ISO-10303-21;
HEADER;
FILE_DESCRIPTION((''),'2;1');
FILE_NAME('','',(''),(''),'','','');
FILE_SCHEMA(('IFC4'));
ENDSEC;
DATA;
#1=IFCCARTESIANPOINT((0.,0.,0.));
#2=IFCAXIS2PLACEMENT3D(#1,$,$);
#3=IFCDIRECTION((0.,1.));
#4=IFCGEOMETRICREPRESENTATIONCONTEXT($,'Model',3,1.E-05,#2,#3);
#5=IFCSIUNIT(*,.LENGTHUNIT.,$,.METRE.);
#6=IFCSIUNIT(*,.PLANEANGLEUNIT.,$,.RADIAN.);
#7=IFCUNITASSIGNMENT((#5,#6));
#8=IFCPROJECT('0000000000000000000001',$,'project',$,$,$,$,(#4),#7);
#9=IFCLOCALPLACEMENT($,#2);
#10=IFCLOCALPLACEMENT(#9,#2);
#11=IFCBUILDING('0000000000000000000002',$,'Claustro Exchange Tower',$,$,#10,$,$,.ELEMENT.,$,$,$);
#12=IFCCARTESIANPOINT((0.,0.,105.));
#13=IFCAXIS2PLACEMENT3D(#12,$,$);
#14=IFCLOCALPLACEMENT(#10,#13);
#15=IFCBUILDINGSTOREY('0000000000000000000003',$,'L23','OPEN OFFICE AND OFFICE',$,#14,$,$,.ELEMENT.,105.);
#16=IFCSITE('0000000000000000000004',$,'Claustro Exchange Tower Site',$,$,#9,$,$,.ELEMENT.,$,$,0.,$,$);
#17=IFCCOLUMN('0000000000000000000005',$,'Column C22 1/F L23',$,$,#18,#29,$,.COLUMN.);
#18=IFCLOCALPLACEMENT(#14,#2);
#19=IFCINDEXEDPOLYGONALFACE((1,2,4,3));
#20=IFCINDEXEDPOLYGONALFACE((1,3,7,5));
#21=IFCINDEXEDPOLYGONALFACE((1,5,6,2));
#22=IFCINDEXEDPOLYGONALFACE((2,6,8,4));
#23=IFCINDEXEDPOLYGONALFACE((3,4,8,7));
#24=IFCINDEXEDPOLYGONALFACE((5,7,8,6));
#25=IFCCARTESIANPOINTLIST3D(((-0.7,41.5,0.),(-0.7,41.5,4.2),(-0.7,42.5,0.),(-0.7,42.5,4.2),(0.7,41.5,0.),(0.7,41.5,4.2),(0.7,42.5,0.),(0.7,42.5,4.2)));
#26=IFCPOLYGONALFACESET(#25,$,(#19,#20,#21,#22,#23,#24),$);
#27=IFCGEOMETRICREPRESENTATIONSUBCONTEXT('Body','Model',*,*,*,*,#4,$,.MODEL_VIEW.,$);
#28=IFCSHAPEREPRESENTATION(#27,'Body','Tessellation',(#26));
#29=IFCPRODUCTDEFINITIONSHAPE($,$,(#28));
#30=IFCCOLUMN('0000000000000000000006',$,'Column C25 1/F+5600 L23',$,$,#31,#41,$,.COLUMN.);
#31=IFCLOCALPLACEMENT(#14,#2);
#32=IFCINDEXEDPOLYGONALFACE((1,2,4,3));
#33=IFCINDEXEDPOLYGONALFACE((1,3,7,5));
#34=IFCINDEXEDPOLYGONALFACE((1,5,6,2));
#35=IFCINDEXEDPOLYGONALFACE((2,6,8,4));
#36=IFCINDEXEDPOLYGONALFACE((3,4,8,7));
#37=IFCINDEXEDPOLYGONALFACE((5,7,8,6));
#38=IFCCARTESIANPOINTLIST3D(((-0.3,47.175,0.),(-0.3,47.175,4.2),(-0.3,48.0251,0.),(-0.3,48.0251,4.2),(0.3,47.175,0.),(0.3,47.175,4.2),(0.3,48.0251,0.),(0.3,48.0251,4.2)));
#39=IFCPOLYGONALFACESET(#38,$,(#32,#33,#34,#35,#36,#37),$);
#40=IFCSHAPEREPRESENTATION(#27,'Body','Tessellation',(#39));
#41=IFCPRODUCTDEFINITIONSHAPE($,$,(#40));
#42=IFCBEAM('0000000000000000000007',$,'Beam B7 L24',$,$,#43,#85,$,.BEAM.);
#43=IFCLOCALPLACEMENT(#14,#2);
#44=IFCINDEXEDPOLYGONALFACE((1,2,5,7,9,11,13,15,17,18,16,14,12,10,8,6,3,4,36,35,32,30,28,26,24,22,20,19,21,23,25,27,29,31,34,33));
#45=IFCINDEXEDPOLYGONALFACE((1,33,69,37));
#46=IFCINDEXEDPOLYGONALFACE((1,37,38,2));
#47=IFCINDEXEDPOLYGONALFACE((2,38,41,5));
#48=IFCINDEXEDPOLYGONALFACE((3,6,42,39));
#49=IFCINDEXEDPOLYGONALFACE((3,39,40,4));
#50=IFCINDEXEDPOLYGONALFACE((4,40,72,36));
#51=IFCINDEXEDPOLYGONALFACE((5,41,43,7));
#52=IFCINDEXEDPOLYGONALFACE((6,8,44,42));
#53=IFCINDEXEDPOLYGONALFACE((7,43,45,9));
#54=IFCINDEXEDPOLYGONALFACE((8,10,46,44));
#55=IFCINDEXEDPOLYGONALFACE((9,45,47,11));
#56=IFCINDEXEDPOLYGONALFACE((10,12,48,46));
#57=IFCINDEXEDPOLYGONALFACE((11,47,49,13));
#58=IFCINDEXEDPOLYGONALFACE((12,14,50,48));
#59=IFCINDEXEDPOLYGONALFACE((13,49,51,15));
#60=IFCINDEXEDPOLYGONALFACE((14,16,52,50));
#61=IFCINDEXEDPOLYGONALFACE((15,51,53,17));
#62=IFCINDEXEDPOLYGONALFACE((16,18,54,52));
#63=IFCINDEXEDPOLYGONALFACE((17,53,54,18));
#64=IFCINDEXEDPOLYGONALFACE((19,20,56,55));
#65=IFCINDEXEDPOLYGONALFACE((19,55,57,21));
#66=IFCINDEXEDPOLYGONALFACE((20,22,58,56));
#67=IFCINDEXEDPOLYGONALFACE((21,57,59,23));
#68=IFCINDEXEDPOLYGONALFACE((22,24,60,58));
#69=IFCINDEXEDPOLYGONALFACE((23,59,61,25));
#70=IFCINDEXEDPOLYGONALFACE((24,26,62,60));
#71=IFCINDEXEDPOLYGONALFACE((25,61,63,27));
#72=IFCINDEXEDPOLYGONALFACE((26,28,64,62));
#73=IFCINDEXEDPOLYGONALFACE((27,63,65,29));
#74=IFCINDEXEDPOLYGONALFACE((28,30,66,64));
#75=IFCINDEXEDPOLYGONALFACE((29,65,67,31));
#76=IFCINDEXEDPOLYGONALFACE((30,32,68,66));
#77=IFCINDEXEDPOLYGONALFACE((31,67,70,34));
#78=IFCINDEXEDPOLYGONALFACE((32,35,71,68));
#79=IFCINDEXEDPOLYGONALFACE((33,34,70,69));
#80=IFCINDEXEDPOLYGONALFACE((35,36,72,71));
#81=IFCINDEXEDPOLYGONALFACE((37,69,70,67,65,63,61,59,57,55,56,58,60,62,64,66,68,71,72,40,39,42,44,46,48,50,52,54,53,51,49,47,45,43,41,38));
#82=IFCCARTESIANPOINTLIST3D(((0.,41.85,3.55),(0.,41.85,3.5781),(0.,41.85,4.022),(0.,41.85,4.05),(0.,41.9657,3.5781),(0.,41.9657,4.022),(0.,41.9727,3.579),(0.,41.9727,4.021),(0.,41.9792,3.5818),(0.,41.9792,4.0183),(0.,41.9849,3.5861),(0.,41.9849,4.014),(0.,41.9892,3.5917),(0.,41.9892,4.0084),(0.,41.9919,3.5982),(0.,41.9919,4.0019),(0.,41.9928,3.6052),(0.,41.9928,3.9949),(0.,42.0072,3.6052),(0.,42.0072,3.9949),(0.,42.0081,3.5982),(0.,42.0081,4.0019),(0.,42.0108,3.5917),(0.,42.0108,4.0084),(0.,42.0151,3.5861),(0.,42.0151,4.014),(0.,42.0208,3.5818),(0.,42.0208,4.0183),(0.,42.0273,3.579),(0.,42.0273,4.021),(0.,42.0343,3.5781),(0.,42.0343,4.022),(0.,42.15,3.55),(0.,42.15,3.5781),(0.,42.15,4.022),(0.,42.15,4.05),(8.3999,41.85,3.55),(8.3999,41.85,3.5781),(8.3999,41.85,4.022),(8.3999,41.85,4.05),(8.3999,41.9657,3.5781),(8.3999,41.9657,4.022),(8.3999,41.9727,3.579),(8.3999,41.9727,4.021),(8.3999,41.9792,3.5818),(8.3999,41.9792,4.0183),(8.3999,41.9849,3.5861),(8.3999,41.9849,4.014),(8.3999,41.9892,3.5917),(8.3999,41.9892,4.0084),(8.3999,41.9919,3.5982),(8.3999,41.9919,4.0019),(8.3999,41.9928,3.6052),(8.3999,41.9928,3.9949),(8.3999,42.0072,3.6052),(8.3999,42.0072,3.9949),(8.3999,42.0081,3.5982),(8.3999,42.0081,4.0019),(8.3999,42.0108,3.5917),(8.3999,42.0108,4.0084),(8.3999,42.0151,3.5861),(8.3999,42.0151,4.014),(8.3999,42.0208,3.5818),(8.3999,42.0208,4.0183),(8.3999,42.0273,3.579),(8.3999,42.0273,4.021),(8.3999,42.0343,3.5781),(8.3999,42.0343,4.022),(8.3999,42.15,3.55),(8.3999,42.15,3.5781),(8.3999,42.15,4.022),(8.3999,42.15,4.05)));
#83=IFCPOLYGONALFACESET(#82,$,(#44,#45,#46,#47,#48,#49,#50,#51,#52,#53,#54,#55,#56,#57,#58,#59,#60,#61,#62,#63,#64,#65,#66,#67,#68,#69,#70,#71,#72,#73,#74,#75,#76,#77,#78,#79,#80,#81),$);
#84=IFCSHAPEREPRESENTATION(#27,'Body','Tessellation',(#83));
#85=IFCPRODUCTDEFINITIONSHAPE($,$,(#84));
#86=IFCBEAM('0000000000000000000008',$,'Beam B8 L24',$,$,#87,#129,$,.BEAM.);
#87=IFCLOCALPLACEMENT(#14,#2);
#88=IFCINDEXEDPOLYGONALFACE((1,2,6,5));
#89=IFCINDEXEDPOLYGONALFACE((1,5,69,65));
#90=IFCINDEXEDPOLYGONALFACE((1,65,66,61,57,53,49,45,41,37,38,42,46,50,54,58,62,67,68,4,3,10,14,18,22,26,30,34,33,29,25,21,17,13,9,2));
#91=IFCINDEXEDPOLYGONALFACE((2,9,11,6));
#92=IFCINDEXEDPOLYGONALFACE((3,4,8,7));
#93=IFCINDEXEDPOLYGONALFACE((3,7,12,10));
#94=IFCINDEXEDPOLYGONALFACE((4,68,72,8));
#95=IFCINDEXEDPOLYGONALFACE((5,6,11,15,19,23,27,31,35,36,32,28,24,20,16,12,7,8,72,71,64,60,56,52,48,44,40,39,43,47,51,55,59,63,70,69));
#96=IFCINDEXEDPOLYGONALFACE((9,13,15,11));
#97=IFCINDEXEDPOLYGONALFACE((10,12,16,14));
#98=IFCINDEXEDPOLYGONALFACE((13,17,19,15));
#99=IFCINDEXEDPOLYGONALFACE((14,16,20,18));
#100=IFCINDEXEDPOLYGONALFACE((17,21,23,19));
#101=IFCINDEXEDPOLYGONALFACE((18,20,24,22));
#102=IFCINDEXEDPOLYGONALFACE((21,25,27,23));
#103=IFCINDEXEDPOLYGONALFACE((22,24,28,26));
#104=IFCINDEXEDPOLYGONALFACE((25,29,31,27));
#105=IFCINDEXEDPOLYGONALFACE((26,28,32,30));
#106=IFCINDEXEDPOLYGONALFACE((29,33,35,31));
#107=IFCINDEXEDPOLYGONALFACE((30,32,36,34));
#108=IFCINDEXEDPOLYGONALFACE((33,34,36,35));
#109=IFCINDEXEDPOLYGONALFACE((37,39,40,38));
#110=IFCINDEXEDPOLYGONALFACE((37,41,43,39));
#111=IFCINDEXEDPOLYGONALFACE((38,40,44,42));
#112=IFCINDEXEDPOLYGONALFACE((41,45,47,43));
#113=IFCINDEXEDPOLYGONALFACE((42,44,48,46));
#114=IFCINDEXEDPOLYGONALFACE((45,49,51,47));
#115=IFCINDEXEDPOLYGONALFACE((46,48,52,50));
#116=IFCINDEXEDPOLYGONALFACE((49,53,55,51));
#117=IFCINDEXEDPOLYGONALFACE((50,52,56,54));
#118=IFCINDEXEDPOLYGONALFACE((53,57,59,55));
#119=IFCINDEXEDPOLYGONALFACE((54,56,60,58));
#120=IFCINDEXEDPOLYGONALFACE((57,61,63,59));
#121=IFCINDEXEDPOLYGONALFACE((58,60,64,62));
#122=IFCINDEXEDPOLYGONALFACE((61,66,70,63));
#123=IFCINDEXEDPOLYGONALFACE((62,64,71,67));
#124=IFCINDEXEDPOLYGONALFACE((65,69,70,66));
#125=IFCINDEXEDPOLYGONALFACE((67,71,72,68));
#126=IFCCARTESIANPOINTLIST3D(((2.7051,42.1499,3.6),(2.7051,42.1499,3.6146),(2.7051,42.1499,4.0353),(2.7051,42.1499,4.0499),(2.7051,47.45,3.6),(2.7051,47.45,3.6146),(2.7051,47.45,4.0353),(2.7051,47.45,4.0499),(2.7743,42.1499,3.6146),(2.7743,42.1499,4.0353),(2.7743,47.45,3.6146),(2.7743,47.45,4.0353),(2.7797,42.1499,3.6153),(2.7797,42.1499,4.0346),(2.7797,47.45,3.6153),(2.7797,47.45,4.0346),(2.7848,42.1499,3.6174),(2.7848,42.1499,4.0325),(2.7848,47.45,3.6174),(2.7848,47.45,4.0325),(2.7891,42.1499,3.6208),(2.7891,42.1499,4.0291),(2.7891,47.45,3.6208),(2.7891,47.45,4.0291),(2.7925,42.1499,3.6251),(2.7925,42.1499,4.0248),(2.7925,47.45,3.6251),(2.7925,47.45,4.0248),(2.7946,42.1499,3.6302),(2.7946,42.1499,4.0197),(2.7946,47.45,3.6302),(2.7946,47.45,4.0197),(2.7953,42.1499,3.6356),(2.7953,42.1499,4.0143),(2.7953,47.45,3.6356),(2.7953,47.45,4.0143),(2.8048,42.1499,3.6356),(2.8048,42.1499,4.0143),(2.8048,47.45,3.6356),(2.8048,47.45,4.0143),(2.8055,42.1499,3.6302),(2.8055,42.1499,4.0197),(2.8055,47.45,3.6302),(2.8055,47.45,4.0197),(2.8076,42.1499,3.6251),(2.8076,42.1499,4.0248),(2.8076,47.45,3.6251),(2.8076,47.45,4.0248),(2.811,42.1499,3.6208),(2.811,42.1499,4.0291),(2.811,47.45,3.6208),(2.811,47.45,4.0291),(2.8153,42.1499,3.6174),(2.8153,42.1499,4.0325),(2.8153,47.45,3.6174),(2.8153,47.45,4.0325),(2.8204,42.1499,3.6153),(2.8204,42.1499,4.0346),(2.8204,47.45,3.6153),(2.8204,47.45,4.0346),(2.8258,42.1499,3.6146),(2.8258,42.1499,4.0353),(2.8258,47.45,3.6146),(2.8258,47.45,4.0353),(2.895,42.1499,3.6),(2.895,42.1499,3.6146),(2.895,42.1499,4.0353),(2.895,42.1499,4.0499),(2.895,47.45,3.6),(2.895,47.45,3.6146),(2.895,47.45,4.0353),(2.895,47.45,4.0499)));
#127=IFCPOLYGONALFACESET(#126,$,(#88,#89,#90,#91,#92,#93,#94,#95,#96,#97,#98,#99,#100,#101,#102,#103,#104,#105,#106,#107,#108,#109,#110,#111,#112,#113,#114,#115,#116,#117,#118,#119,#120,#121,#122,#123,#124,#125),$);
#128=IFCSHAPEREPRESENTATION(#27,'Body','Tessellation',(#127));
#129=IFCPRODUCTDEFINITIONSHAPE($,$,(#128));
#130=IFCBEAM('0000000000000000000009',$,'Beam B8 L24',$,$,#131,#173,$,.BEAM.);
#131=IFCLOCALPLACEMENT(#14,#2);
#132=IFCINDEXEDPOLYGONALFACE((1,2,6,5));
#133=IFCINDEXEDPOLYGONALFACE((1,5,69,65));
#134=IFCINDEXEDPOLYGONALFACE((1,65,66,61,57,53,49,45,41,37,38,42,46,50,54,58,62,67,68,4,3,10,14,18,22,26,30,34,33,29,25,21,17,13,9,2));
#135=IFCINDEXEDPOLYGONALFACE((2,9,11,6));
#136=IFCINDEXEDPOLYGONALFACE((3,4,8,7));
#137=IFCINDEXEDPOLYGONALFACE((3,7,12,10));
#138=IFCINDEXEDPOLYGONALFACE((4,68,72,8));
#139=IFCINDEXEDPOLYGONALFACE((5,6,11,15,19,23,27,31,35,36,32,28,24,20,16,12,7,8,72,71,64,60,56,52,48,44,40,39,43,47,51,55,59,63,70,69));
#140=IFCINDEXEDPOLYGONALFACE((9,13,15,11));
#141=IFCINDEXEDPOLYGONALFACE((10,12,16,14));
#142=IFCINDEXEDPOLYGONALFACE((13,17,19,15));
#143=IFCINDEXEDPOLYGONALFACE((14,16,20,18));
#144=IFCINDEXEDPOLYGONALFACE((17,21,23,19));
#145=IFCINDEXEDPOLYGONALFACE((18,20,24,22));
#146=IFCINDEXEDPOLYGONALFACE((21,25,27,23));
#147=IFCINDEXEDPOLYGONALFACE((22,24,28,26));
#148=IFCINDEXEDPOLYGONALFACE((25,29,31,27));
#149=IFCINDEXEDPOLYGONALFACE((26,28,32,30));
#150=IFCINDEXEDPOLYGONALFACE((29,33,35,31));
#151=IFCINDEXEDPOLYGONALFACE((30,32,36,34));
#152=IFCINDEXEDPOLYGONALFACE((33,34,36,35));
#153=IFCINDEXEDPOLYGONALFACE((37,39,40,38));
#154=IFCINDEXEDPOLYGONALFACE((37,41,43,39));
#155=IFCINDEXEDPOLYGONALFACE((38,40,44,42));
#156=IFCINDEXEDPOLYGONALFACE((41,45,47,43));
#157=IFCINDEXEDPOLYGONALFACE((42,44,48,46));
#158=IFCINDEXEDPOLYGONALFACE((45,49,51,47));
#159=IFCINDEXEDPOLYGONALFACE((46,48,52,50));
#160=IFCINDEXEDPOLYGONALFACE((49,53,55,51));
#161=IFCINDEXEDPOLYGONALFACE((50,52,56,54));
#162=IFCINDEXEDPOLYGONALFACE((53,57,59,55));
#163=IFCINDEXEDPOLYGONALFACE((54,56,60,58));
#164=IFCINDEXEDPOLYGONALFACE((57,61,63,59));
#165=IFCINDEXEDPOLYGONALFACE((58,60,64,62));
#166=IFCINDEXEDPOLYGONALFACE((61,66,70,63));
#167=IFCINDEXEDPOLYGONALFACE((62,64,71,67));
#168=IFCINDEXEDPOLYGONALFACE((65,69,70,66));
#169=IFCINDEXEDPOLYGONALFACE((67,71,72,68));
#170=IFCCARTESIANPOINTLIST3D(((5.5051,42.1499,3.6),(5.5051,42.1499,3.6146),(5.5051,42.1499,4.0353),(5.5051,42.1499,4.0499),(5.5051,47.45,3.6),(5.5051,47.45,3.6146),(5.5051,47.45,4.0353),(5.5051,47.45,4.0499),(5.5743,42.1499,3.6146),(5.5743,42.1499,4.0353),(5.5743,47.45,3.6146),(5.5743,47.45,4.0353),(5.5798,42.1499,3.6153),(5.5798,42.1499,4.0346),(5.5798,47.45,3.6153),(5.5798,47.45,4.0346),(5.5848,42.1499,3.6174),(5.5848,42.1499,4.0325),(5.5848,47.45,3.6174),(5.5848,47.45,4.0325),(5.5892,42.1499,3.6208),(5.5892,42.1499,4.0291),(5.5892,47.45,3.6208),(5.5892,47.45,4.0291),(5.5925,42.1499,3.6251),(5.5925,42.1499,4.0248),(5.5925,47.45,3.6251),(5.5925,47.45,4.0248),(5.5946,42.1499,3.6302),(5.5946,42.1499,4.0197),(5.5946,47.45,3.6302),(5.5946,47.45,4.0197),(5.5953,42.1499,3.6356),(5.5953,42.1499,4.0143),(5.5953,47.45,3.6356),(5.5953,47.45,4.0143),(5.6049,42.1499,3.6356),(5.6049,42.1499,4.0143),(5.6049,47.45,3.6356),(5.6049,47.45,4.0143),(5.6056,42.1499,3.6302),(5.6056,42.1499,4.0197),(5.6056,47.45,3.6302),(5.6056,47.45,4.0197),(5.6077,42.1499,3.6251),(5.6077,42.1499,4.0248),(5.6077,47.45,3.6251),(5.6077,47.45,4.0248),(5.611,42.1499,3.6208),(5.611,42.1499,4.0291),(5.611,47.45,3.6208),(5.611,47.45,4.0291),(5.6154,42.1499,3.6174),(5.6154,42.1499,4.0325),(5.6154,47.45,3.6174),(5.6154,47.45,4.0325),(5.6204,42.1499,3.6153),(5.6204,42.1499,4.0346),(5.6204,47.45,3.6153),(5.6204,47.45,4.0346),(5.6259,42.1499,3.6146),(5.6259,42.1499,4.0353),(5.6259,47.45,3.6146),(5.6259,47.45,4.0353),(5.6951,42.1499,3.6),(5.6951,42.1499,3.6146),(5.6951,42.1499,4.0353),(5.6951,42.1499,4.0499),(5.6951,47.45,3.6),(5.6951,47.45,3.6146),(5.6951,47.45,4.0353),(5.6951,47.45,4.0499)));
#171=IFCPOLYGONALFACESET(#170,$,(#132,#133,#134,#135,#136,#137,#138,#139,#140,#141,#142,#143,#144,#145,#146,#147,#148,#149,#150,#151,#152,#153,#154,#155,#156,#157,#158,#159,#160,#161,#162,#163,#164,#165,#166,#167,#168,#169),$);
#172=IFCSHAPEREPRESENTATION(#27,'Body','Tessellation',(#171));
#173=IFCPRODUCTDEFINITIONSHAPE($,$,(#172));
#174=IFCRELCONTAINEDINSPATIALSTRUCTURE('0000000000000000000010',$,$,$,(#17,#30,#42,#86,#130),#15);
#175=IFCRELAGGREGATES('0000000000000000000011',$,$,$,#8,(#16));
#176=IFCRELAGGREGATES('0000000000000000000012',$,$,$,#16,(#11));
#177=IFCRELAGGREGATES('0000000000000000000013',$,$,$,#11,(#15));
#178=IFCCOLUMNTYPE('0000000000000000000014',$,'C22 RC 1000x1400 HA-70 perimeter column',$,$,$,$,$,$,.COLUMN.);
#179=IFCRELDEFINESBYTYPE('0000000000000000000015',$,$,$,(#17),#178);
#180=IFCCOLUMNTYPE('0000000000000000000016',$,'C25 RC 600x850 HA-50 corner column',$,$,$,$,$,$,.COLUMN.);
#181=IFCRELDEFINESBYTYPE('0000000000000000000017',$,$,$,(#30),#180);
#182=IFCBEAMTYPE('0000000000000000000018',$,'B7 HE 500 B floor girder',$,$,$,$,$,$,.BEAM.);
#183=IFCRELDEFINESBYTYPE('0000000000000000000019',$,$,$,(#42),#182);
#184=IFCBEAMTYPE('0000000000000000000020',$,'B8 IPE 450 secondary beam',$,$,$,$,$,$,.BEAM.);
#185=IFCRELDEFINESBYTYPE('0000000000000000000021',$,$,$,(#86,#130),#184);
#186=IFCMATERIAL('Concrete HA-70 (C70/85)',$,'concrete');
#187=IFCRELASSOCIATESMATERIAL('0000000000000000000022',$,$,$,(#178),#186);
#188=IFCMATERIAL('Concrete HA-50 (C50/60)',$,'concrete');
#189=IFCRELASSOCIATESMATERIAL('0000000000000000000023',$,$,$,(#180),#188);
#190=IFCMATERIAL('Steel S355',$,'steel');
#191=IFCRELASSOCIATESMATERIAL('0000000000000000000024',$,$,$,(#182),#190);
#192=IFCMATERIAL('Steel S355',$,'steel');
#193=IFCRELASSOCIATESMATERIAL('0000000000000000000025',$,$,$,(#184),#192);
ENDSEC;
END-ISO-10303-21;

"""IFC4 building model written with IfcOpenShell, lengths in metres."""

from ifc_helpers import new_model, si_unit, direction, frame, origin, origin_2d, place, context, subcontext, project, spatial, rectangle, i_section, extrude, material, material_profile, profile_set, type_object, element, save


model = new_model("IFC4")

# Units and contexts
model_context = context("Model", 3, precision=1e-05, world=origin(), true_north=direction((0.0, 1.0)))
body_context = subcontext(model_context, "Body", "Model", "MODEL_VIEW")
ifc_project = project(units=[si_unit("LENGTHUNIT", "METRE"), si_unit("PLANEANGLEUNIT", "RADIAN")], contexts=[model_context])

# Site, building, storey
site_placement = place(None, origin())
site = spatial("IfcSite", under=ifc_project, at=site_placement, Name="Claustro Exchange Tower Site", CompositionType="ELEMENT", RefElevation=0.0)
building_placement = place(site_placement, origin())
building = spatial("IfcBuilding", under=site, at=building_placement, Name="Claustro Exchange Tower", CompositionType="ELEMENT")
storey_placement = place(building_placement, frame((0.0, 0.0, 105.0)))
storey = spatial("IfcBuildingStorey", under=building, at=storey_placement, Name="L23", Description="OPEN OFFICE AND OFFICE", CompositionType="ELEMENT", Elevation=105.0)

# Columns
ifc_material_1 = material(Name="Concrete HA-70 (C70/85)", Category="concrete")
ifc_material_profile_1 = material_profile(ifc_material_1, rectangle(XDim=1.0, YDim=1.3999, at=origin_2d()), Name="RC 1000x1400")
ifc_profile_set_1 = profile_set([ifc_material_profile_1], Name="Concrete HA-70 (C70/85)")
column_type_1 = type_object("IfcColumnType", Name="C22 RC 1000x1400 HA-70 perimeter column", PredefinedType="COLUMN", material=ifc_profile_set_1)
column_1_placement = place(storey_placement, frame((0.0, 42.0, 0.0), z_axis=(0.0, 0.0, 1.0), x_axis=(0.0, 1.0, 0.0)))
element("IfcColumn", 1, at=column_1_placement, inside=storey, type_object=column_type_1, Name="Column C22 1/F L23", PredefinedType="COLUMN", context=body_context, shape_type="SweptSolid", body=[
    extrude(rectangle(XDim=1.0, YDim=1.3999, at=origin_2d()), origin(), (0.0, 0.0, 1.0), 4.2),
])
ifc_material_2 = material(Name="Concrete HA-50 (C50/60)", Category="concrete")
ifc_material_profile_2 = material_profile(ifc_material_2, rectangle(XDim=0.6001, YDim=0.8501, at=origin_2d()), Name="RC 600x850")
ifc_profile_set_2 = profile_set([ifc_material_profile_2], Name="Concrete HA-50 (C50/60)")
column_type_2 = type_object("IfcColumnType", Name="C25 RC 600x850 HA-50 corner column", PredefinedType="COLUMN", material=ifc_profile_set_2)
column_2_placement = place(storey_placement, frame((0.0, 47.6001, 0.0), z_axis=(0.0, 0.0, 1.0), x_axis=(1.0, 0.0, 0.0)))
element("IfcColumn", 2, at=column_2_placement, inside=storey, type_object=column_type_2, Name="Column C25 1/F+5600 L23", PredefinedType="COLUMN", context=body_context, shape_type="SweptSolid", body=[
    extrude(rectangle(XDim=0.6001, YDim=0.8501, at=origin_2d()), origin(), (0.0, 0.0, 1.0), 4.2),
])

# Beams
ifc_material_3 = material(Name="Steel S355", Category="steel")
ifc_material_profile_3 = material_profile(ifc_material_3, i_section(OverallWidth=0.3, OverallDepth=0.5, WebThickness=0.0144, FlangeThickness=0.0281, FilletRadius=0.0271, at=origin_2d()), Name="HE 500 B")
ifc_profile_set_3 = profile_set([ifc_material_profile_3], Name="Steel S355")
beam_type_1 = type_object("IfcBeamType", Name="B7 HE 500 B floor girder", PredefinedType="BEAM", material=ifc_profile_set_3)
beam_1_placement = place(storey_placement, frame((0.0, 42.0, 3.8), z_axis=(1.0, 0.0, 0.0), x_axis=(0.0, 1.0, 0.0)))
element("IfcBeam", 3, at=beam_1_placement, inside=storey, type_object=beam_type_1, Name="Beam B7 L24", PredefinedType="BEAM", context=body_context, shape_type="SweptSolid", body=[
    extrude(i_section(OverallWidth=0.3, OverallDepth=0.5, WebThickness=0.0144, FlangeThickness=0.0281, FilletRadius=0.0271, at=origin_2d()), origin(), (0.0, 0.0, 1.0), 8.3999),
])
ifc_material_4 = material(Name="Steel S355", Category="steel")
ifc_material_profile_4 = material_profile(ifc_material_4, i_section(OverallWidth=0.1899, OverallDepth=0.45, WebThickness=0.0095, FlangeThickness=0.0146, FilletRadius=0.021, at=origin_2d()), Name="IPE 450")
ifc_profile_set_4 = profile_set([ifc_material_profile_4], Name="Steel S355")
beam_type_2 = type_object("IfcBeamType", Name="B8 IPE 450 secondary beam", PredefinedType="BEAM", material=ifc_profile_set_4)
for number, where, z_axis, x_axis, name in (
    (4, (2.8, 42.1499, 3.825), (0.0, 1.0, 0.0), (-1.0, 0.0, 0.0), "Beam B8 L24"),
    (5, (5.6001, 42.1499, 3.825), (0.0, 1.0, 0.0), (-1.0, 0.0, 0.0), "Beam B8 L24"),
):
    element("IfcBeam", number, at=place(storey_placement, frame(where, z_axis=z_axis, x_axis=x_axis)), inside=storey, type_object=beam_type_2, Name=name, PredefinedType="BEAM", context=body_context, shape_type="SweptSolid", body=[
        extrude(i_section(OverallWidth=0.1899, OverallDepth=0.45, WebThickness=0.0095, FlangeThickness=0.0146, FilletRadius=0.021, at=origin_2d()), origin(), (0.0, 0.0, 1.0), 5.3),
    ])

save(model, "model.ifc")
